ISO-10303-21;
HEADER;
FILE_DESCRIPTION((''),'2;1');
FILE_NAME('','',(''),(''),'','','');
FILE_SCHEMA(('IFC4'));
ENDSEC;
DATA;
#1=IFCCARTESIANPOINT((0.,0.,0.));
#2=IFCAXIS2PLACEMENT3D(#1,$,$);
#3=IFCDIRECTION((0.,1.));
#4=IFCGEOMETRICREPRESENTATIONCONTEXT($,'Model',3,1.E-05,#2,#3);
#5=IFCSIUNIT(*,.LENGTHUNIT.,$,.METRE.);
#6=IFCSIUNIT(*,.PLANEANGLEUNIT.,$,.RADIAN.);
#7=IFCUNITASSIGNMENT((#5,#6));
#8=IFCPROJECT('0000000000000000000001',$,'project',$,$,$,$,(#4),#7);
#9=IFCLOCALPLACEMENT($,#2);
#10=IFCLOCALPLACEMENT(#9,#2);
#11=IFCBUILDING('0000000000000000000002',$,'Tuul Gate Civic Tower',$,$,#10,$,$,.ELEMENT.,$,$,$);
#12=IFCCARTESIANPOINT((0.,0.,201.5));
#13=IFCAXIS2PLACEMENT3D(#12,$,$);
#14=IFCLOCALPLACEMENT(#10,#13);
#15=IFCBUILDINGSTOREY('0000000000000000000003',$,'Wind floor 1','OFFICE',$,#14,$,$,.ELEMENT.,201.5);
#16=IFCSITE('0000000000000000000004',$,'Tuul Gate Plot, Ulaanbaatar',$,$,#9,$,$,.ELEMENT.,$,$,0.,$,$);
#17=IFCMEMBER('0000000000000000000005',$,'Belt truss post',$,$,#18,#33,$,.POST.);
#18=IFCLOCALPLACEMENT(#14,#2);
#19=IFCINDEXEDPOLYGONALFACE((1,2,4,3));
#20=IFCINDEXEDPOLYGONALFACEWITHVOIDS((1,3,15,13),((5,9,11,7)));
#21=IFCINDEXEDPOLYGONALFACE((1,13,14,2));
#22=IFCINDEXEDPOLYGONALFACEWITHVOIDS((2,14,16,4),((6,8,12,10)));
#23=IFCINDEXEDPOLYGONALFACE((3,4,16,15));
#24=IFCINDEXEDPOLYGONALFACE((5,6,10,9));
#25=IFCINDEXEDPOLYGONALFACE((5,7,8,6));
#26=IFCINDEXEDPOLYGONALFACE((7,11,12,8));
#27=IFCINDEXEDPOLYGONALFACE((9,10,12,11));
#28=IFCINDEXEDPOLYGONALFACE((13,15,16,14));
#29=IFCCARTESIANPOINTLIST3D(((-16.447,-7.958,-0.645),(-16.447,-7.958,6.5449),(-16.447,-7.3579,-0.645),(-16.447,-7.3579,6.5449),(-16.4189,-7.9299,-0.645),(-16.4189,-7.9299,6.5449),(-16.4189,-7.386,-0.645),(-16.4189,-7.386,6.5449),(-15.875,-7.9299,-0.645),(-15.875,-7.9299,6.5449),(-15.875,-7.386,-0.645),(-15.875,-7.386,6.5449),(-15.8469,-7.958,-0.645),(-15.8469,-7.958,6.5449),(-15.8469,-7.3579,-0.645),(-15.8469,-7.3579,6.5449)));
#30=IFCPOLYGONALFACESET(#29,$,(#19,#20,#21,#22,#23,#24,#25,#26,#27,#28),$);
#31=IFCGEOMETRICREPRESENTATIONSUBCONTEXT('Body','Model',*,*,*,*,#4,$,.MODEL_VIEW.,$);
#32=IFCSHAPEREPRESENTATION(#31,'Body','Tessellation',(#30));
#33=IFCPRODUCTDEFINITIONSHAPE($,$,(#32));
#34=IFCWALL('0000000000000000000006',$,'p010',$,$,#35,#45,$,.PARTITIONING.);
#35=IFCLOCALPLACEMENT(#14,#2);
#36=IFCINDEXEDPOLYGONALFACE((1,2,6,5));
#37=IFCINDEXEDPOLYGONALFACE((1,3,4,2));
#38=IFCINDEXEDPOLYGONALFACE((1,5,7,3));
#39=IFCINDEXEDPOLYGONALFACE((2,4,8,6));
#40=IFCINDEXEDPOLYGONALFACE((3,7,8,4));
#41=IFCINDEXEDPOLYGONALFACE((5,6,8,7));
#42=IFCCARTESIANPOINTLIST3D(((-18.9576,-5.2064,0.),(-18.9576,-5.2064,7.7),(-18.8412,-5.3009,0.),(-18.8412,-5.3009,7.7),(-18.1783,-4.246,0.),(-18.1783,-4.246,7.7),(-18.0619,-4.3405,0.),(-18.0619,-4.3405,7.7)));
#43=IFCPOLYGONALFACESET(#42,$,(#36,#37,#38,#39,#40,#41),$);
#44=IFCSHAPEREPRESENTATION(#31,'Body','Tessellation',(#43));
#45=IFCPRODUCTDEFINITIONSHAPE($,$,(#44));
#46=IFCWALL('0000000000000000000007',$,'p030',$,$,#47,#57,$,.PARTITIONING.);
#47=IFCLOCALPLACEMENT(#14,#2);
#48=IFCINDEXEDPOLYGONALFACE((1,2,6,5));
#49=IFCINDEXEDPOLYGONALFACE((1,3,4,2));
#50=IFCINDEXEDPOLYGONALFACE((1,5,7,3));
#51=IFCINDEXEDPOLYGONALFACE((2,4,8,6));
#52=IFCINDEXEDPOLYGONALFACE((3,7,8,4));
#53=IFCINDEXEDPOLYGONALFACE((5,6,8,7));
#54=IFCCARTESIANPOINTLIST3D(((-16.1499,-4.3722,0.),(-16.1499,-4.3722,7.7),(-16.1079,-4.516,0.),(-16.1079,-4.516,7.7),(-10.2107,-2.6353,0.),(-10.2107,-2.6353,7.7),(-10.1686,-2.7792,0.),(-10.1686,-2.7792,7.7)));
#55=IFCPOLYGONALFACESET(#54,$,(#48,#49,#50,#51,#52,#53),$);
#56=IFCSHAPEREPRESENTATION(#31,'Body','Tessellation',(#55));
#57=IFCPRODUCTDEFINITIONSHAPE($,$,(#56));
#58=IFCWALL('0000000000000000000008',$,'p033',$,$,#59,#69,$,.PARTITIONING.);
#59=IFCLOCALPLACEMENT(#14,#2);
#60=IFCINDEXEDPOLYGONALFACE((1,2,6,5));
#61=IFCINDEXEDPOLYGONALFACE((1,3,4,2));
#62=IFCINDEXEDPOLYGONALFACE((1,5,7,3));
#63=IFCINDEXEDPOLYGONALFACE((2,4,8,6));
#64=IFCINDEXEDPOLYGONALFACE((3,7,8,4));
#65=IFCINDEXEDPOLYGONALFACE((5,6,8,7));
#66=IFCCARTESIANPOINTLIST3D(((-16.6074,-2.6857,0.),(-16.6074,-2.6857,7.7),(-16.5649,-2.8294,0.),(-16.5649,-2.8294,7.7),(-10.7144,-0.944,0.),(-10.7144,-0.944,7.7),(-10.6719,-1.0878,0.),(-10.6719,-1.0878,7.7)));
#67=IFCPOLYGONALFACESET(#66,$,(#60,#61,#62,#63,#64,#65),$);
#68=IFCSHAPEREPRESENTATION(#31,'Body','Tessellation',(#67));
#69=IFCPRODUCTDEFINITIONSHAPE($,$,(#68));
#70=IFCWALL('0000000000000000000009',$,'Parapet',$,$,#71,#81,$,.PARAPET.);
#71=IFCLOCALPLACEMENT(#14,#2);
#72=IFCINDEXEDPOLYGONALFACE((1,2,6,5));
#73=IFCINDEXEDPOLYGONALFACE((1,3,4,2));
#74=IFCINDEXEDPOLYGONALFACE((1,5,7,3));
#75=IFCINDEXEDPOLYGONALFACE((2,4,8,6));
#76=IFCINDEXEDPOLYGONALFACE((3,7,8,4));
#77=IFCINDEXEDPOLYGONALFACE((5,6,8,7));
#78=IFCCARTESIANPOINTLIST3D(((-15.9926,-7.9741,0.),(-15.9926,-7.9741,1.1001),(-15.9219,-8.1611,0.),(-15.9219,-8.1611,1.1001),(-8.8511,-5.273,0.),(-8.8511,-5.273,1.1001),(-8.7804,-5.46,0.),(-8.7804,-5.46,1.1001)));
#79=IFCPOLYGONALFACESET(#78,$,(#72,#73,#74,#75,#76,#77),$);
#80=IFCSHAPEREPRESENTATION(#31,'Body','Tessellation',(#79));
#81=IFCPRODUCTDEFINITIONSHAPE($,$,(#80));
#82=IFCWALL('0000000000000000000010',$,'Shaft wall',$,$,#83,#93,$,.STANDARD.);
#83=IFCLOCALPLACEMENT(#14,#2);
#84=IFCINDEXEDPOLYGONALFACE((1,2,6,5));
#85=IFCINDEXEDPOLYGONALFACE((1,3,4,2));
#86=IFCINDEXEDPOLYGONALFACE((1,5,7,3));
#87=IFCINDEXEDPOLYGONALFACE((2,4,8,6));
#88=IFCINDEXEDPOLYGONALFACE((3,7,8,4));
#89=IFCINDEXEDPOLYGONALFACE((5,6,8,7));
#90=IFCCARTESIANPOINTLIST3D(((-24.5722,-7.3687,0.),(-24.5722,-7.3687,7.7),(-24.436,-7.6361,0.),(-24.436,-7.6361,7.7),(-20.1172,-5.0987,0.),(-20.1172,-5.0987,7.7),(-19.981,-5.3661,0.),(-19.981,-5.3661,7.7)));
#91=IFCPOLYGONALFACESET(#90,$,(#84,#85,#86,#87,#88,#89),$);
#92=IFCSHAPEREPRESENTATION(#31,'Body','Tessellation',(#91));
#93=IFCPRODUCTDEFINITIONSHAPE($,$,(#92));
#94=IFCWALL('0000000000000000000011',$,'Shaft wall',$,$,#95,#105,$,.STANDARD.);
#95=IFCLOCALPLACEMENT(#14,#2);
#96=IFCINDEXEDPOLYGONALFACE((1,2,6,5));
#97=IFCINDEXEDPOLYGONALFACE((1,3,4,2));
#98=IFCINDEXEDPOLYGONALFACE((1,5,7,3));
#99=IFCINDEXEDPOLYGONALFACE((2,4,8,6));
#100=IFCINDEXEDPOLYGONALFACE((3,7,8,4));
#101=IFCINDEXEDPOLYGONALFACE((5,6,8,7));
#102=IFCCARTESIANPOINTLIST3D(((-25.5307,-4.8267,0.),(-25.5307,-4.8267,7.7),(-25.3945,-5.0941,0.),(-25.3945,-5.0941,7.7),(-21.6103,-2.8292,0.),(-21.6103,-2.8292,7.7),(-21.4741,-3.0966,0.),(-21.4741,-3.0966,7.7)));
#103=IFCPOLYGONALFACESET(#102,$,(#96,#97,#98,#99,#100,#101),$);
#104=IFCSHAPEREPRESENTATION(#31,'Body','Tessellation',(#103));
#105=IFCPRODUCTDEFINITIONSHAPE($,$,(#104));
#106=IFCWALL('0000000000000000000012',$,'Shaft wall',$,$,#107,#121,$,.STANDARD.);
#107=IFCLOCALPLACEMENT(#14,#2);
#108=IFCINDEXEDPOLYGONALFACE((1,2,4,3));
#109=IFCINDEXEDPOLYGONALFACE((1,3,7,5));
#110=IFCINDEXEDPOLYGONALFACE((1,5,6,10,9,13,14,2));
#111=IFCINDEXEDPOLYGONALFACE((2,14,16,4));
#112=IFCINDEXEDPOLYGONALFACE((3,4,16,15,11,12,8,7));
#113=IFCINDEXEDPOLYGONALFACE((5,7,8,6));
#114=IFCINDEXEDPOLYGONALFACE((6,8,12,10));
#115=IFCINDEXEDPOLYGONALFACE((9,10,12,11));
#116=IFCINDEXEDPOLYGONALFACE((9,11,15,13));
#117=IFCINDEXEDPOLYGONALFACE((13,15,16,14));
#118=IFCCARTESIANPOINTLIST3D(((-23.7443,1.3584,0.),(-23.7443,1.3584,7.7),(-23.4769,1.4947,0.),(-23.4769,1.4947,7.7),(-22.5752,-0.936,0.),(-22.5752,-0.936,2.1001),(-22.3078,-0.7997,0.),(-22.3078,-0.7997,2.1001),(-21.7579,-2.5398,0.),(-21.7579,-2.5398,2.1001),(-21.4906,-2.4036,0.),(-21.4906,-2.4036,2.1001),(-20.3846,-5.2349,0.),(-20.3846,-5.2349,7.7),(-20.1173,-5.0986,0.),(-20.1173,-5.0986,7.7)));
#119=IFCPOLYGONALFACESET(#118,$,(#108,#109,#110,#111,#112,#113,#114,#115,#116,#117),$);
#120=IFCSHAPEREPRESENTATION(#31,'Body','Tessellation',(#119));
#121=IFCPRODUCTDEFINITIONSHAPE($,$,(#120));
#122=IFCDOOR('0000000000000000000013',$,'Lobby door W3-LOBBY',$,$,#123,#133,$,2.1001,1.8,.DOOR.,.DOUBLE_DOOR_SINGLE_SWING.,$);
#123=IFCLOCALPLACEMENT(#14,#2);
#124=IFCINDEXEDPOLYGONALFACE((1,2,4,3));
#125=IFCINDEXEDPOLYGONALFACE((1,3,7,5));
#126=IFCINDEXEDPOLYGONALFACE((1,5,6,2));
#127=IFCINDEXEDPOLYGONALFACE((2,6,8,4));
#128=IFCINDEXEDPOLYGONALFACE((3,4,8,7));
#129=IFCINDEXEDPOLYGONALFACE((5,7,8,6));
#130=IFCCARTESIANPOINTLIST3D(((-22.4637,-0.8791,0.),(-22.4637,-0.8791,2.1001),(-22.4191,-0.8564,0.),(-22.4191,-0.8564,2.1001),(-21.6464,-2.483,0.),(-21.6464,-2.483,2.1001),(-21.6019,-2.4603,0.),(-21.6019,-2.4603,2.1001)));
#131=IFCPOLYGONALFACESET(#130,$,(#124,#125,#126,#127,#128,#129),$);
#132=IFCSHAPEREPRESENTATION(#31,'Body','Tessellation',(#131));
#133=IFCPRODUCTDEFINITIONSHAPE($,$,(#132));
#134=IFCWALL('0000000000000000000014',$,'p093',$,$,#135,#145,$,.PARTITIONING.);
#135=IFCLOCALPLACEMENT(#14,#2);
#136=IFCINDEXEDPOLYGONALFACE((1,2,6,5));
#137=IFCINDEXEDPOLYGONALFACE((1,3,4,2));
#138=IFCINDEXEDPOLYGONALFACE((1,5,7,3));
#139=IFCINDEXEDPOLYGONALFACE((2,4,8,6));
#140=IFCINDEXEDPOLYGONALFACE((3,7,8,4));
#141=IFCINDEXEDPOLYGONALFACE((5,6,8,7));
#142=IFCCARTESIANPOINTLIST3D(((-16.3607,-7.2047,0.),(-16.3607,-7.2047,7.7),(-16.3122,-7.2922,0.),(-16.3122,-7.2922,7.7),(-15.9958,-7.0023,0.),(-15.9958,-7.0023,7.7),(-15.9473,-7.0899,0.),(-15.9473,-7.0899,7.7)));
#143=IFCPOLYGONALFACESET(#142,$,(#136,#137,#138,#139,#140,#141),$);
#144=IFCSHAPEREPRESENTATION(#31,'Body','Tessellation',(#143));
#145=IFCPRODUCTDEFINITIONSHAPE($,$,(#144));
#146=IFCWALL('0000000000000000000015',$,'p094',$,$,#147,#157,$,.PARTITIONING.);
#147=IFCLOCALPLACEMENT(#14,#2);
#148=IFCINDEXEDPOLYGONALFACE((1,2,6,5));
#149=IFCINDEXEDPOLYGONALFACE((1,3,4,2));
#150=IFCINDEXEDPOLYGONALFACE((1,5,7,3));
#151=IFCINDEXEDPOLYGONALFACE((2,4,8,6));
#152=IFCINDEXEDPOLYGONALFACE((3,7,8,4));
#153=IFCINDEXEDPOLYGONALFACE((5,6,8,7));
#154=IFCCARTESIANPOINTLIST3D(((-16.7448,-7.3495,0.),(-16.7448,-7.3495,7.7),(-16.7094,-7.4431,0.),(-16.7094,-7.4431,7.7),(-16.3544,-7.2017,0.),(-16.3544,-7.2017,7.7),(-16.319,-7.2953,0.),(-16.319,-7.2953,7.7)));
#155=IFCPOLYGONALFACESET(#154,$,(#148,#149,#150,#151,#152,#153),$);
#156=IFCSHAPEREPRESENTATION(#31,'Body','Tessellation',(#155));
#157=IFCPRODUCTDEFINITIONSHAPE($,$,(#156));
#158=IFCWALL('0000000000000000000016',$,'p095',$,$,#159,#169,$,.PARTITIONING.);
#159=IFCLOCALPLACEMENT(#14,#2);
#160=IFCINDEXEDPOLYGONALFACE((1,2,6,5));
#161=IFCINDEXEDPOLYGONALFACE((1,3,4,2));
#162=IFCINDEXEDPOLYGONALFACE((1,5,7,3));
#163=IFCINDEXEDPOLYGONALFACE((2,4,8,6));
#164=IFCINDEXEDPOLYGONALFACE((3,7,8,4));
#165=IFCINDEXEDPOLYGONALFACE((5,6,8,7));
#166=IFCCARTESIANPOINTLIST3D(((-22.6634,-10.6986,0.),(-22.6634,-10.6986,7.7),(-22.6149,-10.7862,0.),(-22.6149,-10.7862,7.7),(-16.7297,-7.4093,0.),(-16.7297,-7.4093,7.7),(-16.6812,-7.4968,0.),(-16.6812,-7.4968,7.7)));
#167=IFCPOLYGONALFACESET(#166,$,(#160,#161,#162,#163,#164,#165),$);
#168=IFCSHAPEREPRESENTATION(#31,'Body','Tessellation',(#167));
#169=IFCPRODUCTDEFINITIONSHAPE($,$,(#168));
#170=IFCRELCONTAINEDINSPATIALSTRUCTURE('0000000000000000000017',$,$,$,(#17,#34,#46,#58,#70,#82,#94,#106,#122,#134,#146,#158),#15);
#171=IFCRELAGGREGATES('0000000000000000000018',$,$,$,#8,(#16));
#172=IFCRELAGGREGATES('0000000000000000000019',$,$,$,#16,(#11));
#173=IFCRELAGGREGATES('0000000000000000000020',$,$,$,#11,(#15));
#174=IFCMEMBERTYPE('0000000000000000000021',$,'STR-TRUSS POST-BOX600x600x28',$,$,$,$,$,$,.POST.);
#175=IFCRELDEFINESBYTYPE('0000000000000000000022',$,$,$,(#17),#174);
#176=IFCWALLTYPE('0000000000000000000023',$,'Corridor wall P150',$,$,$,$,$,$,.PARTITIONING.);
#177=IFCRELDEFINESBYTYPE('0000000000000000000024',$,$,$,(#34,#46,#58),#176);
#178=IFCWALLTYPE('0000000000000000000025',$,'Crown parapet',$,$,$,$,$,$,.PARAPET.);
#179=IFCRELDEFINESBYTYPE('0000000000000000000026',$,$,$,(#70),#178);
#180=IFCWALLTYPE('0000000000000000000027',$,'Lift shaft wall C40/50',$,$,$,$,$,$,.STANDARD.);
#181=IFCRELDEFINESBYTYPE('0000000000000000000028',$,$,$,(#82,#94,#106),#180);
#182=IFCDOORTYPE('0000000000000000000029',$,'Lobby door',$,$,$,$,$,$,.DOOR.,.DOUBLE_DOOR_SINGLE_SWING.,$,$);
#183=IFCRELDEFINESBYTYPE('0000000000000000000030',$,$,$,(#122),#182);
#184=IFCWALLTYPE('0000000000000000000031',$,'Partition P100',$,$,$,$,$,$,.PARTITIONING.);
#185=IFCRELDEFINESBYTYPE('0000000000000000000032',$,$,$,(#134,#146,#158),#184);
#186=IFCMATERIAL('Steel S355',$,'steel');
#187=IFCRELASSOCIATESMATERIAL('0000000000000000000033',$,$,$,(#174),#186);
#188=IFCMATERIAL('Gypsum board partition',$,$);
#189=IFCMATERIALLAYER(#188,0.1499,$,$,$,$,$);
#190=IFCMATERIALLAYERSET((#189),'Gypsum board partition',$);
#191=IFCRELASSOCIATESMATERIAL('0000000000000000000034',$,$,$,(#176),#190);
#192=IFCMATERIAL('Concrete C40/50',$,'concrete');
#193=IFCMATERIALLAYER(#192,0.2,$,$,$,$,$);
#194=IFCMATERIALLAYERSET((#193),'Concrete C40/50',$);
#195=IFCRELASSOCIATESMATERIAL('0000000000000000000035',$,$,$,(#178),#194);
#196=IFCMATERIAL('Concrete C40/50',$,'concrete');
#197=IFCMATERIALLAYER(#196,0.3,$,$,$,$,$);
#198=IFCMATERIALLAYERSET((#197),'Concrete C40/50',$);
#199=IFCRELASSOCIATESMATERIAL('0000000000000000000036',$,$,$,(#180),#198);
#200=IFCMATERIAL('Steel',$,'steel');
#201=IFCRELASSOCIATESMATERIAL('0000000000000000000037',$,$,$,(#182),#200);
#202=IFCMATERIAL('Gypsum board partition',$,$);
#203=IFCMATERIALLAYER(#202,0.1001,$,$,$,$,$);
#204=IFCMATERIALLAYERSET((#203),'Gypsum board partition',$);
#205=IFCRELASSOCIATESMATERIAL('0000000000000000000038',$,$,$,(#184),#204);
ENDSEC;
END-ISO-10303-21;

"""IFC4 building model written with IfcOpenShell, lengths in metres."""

from ifc_helpers import new_model, si_unit, direction, frame, frame_2d, origin, origin_2d, place, context, subcontext, project, spatial, rectangle, hollow_rectangle, extrude, material, layer, layer_set, material_profile, profile_set, type_object, element, fill, save


model = new_model("IFC4")

# Units and contexts
model_context = context("Model", 3, precision=1e-05, world=origin(), true_north=direction((0.0, 1.0)))
body_context = subcontext(model_context, "Body", "Model", "MODEL_VIEW")
ifc_project = project(units=[si_unit("LENGTHUNIT", "METRE"), si_unit("PLANEANGLEUNIT", "RADIAN")], contexts=[model_context])

# Site, building, storey
site_placement = place(None, origin())
site = spatial("IfcSite", under=ifc_project, at=site_placement, Name="Tuul Gate Plot, Ulaanbaatar", CompositionType="ELEMENT", RefElevation=0.0)
building_placement = place(site_placement, origin())
building = spatial("IfcBuilding", under=site, at=building_placement, Name="Tuul Gate Civic Tower", CompositionType="ELEMENT")
storey_placement = place(building_placement, frame((0.0, 0.0, 201.5)))
storey = spatial("IfcBuildingStorey", under=building, at=storey_placement, Name="Wind floor 1", Description="OFFICE", CompositionType="ELEMENT", Elevation=201.5)

# Member
ifc_material_1 = material(Name="Steel S355", Category="steel")
ifc_material_profile_1 = material_profile(ifc_material_1, hollow_rectangle(XDim=0.6001, YDim=0.6001, WallThickness=0.0281, at=origin_2d()), Name="BOX600x600x28")
ifc_profile_set_1 = profile_set([ifc_material_profile_1], Name="Steel S355")
member_type_1 = type_object("IfcMemberType", Name="STR-TRUSS POST-BOX600x600x28", PredefinedType="POST", material=ifc_profile_set_1)
member_1_placement = place(storey_placement, frame((-16.147, -7.658, -0.645), z_axis=(0.0, 0.0, 1.0), x_axis=(1.0, 0.0, 0.0)))
element("IfcMember", 1, at=member_1_placement, inside=storey, type_object=member_type_1, Name="Belt truss post", PredefinedType="POST", context=body_context, shape_type="SweptSolid", body=[
    extrude(hollow_rectangle(XDim=0.6001, YDim=0.6001, WallThickness=0.0281, at=origin_2d()), origin(), (0.0, 0.0, 1.0), 7.1899),
])

# Walls
ifc_material_2 = material(Name="Gypsum board partition")
ifc_layer_1 = layer(ifc_material_2, 0.1499)
ifc_layer_set_1 = layer_set([ifc_layer_1], Name="Gypsum board partition")
wall_type_1 = type_object("IfcWallType", Name="Corridor wall P150", PredefinedType="PARTITIONING", material=ifc_layer_set_1)
wall_1_placement = place(storey_placement, frame((-18.8994, -5.2537, 0.0), z_axis=(0.0, 0.0, 1.0), x_axis=(0.630072, 0.776536, 0.0)))
element("IfcWall", 2, at=wall_1_placement, inside=storey, type_object=wall_type_1, Name="p010", PredefinedType="PARTITIONING", context=body_context, shape_type="SweptSolid", body=[
    extrude(rectangle(XDim=1.2368, YDim=0.1499, at=frame_2d((0.6184, 0.0))), origin(), (0.0, 0.0, 1.0), 7.7),
])
wall_2_placement = place(storey_placement, frame((-16.1289, -4.4441, 0.0), z_axis=(0.0, 0.0, 1.0), x_axis=(0.959802, 0.280677, 0.0)))
element("IfcWall", 3, at=wall_2_placement, inside=storey, type_object=wall_type_1, Name="p030", PredefinedType="PARTITIONING", context=body_context, shape_type="SweptSolid", body=[
    extrude(rectangle(XDim=6.188, YDim=0.1499, at=frame_2d((3.094, 0.0))), origin(), (0.0, 0.0, 1.0), 7.7),
])
wall_3_placement = place(storey_placement, frame((-16.5862, -2.7576, 0.0), z_axis=(0.0, 0.0, 1.0), x_axis=(0.958993, 0.283431, 0.0)))
element("IfcWall", 4, at=wall_3_placement, inside=storey, type_object=wall_type_1, Name="p033", PredefinedType="PARTITIONING", context=body_context, shape_type="SweptSolid", body=[
    extrude(rectangle(XDim=6.145, YDim=0.1499, at=frame_2d((3.0725, 0.0))), origin(), (0.0, 0.0, 1.0), 7.7),
])
ifc_material_3 = material(Name="Concrete C40/50", Category="concrete")
ifc_layer_2 = layer(ifc_material_3, 0.2)
ifc_layer_set_2 = layer_set([ifc_layer_2], Name="Concrete C40/50")
wall_type_2 = type_object("IfcWallType", Name="Crown parapet", PredefinedType="PARAPET", material=ifc_layer_set_2)
wall_4_placement = place(storey_placement, frame((-15.9573, -8.0676, 0.0), z_axis=(0.0, 0.0, 1.0), x_axis=(0.935332, 0.353771, 0.0)))
element("IfcWall", 5, at=wall_4_placement, inside=storey, type_object=wall_type_2, Name="Parapet", PredefinedType="PARAPET", context=body_context, shape_type="SweptSolid", body=[
    extrude(rectangle(XDim=7.6353, YDim=0.2, at=frame_2d((3.8176, 0.0))), origin(), (0.0, 0.0, 1.0), 1.1001),
])
ifc_material_4 = material(Name="Concrete C40/50", Category="concrete")
ifc_layer_3 = layer(ifc_material_4, 0.3)
ifc_layer_set_3 = layer_set([ifc_layer_3], Name="Concrete C40/50")
wall_type_3 = type_object("IfcWallType", Name="Lift shaft wall C40/50", PredefinedType="STANDARD", material=ifc_layer_set_3)
wall_5_placement = place(storey_placement, frame((-20.0491, -5.2324, 0.0), z_axis=(0.0, 0.0, 1.0), x_axis=(-0.891003, -0.453997, 0.0)))
element("IfcWall", 6, at=wall_5_placement, inside=storey, type_object=wall_type_3, Name="Shaft wall", PredefinedType="STANDARD", context=body_context, shape_type="SweptSolid", body=[
    extrude(rectangle(XDim=5.0, YDim=0.3, at=frame_2d((2.5, 0.0))), origin(), (0.0, 0.0, 1.0), 7.7),
])
wall_6_placement = place(storey_placement, frame((-21.5422, -2.9629, 0.0), z_axis=(0.0, 0.0, 1.0), x_axis=(-0.891006, -0.453992, 0.0)))
element("IfcWall", 7, at=wall_6_placement, inside=storey, type_object=wall_type_3, Name="Shaft wall", PredefinedType="STANDARD", context=body_context, shape_type="SweptSolid", body=[
    extrude(rectangle(XDim=4.3999, YDim=0.3, at=frame_2d((2.2, 0.0))), origin(), (0.0, 0.0, 1.0), 7.7),
])

# Wall, opening, door
wall_7_placement = place(storey_placement, frame((-20.251, -5.1667, 0.0), z_axis=(0.0, 0.0, 1.0), x_axis=(-0.45401, 0.890996, 0.0)))
wall_7 = element("IfcWall", 8, at=wall_7_placement, inside=storey, type_object=wall_type_3, Name="Shaft wall", PredefinedType="STANDARD", context=body_context, shape_type="SweptSolid", body=[
    extrude(rectangle(XDim=7.3999, YDim=0.3, at=frame_2d((3.7, 0.0))), origin(), (0.0, 0.0, 1.0), 7.7),
])
opening_placement = place(wall_7_placement, frame((3.0249, 0.0, 0.0)))
opening = element("IfcOpeningElement", 9, at=opening_placement, cuts=wall_7, PredefinedType="OPENING", context=body_context, shape_type="SweptSolid", body=[
    extrude(rectangle(XDim=1.8, YDim=2.1001, at=frame_2d((0.8999, 1.05))), frame((0.0, 0.1602, 0.0), z_axis=(0.0, -1.0, 0.0), x_axis=(1.0, 0.0, 0.0)), (0.0, 0.0, 1.0), 0.3201),
])
ifc_material_5 = material(Name="Steel", Category="steel")
door_type = type_object("IfcDoorType", Name="Lobby door", OperationType="DOUBLE_DOOR_SINGLE_SWING", PredefinedType="DOOR", material=ifc_material_5)
door_placement = place(opening_placement, origin())
door = element("IfcDoor", 10, at=door_placement, inside=storey, type_object=door_type, Name="Lobby door W3-LOBBY", OperationType="DOUBLE_DOOR_SINGLE_SWING", OverallHeight=2.1001, OverallWidth=1.8, PredefinedType="DOOR", context=body_context, shape_type="SweptSolid", body=[
    extrude(rectangle(XDim=1.8, YDim=2.1001, at=frame_2d((0.8999, 1.05))), frame((0.0, 0.0249, 0.0), z_axis=(0.0, -1.0, 0.0), x_axis=(1.0, 0.0, 0.0)), (0.0, 0.0, 1.0), 0.05),
])
fill(opening, door)

# Walls
ifc_material_6 = material(Name="Gypsum board partition")
ifc_layer_4 = layer(ifc_material_6, 0.1001)
ifc_layer_set_4 = layer_set([ifc_layer_4], Name="Gypsum board partition")
wall_type_4 = type_object("IfcWallType", Name="Partition P100", PredefinedType="PARTITIONING", material=ifc_layer_set_4)
wall_8_placement = place(storey_placement, frame((-15.9717, -7.0461, 0.0), z_axis=(0.0, 0.0, 1.0), x_axis=(-0.874543, -0.484947, 0.0)))
element("IfcWall", 11, at=wall_8_placement, inside=storey, type_object=wall_type_4, Name="p093", PredefinedType="PARTITIONING", context=body_context, shape_type="SweptSolid", body=[
    extrude(rectangle(XDim=0.4172, YDim=0.1001, at=frame_2d((0.2085, 0.0))), origin(), (0.0, 0.0, 1.0), 7.7),
])
wall_9_placement = place(storey_placement, frame((-16.3367, -7.2485, 0.0), z_axis=(0.0, 0.0, 1.0), x_axis=(-0.935291, -0.353878, 0.0)))
element("IfcWall", 12, at=wall_9_placement, inside=storey, type_object=wall_type_4, Name="p094", PredefinedType="PARTITIONING", context=body_context, shape_type="SweptSolid", body=[
    extrude(rectangle(XDim=0.4175, YDim=0.1001, at=frame_2d((0.2087, 0.0))), origin(), (0.0, 0.0, 1.0), 7.7),
])
wall_10_placement = place(storey_placement, frame((-16.7056, -7.4531, 0.0), z_axis=(0.0, 0.0, 1.0), x_axis=(-0.874603, -0.484839, 0.0)))
element("IfcWall", 13, at=wall_10_placement, inside=storey, type_object=wall_type_4, Name="p095", PredefinedType="PARTITIONING", context=body_context, shape_type="SweptSolid", body=[
    extrude(rectangle(XDim=6.7844, YDim=0.1001, at=frame_2d((3.3921, 0.0))), origin(), (0.0, 0.0, 1.0), 7.7),
])

save(model, "model.ifc")
